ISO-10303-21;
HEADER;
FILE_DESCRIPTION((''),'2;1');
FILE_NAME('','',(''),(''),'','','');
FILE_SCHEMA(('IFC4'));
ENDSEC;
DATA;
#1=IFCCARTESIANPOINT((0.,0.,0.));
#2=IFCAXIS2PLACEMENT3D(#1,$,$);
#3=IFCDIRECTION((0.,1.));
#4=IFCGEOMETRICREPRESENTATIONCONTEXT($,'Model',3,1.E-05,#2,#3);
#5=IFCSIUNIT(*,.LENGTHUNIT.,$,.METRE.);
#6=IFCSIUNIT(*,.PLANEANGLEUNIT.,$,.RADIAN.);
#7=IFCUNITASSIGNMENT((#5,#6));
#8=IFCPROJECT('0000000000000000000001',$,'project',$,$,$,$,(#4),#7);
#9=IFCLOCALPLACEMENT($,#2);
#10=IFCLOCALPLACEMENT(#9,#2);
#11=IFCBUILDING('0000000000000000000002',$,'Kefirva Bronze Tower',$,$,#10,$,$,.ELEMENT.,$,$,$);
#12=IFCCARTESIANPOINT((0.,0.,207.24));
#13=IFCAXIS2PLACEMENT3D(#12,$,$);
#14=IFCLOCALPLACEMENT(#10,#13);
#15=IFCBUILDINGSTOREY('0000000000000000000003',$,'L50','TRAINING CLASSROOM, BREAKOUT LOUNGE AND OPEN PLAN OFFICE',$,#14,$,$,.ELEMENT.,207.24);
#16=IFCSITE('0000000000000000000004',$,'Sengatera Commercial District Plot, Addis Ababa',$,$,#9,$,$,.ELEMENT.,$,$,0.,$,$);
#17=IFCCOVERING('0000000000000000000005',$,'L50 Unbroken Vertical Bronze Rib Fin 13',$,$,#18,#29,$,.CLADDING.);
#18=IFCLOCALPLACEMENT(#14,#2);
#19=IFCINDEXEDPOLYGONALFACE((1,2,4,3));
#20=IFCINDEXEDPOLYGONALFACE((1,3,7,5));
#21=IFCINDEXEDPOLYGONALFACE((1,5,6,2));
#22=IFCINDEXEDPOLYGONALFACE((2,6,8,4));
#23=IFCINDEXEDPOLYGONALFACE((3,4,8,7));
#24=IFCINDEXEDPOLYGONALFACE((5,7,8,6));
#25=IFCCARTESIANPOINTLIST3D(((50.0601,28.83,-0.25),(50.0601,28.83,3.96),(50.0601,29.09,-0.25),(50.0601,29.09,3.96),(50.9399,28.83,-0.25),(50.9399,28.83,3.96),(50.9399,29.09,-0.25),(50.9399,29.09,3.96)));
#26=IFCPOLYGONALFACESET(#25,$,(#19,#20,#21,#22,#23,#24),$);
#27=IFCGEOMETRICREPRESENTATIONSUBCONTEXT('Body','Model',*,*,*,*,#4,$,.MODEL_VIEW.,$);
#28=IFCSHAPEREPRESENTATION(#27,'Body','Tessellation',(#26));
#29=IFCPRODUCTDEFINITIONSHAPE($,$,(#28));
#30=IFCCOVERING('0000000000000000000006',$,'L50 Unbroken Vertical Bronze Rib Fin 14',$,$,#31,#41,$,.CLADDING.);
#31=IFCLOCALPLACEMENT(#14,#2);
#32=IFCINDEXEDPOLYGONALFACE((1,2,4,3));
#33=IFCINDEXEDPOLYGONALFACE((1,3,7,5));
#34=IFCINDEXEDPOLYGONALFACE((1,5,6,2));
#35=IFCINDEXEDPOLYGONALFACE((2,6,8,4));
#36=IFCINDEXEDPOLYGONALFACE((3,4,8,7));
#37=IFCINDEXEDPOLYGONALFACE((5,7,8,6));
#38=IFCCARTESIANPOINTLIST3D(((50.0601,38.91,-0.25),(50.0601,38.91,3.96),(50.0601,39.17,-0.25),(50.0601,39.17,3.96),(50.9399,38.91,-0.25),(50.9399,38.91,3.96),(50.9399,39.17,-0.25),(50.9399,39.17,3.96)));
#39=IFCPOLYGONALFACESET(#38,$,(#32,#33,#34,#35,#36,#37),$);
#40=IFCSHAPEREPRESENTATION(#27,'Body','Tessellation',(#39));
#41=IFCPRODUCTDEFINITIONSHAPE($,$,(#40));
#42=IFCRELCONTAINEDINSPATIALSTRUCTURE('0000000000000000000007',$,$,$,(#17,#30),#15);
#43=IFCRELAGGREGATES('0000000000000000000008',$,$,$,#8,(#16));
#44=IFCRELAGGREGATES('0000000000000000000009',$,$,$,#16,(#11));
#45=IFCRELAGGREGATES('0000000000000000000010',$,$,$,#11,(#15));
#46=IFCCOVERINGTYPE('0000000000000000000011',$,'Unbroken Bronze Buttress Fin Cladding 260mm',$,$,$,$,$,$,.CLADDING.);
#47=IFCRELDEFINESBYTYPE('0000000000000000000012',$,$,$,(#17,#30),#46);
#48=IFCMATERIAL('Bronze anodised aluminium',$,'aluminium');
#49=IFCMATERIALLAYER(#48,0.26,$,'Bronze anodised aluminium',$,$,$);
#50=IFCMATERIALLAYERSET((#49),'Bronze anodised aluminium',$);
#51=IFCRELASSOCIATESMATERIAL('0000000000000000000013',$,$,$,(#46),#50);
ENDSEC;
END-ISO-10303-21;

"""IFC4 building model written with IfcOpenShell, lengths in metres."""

from ifc_helpers import new_model, si_unit, direction, frame, origin, origin_2d, place, context, subcontext, project, spatial, rectangle, extrude, material, layer, layer_set, type_object, element, save


model = new_model("IFC4")

# Units and contexts
model_context = context("Model", 3, precision=1e-05, world=origin(), true_north=direction((0.0, 1.0)))
body_context = subcontext(model_context, "Body", "Model", "MODEL_VIEW")
ifc_project = project(units=[si_unit("LENGTHUNIT", "METRE"), si_unit("PLANEANGLEUNIT", "RADIAN")], contexts=[model_context])

# Site, building, storey
site_placement = place(None, origin())
site = spatial("IfcSite", under=ifc_project, at=site_placement, Name="Sengatera Commercial District Plot, Addis Ababa", CompositionType="ELEMENT", RefElevation=0.0)
building_placement = place(site_placement, origin())
building = spatial("IfcBuilding", under=site, at=building_placement, Name="Kefirva Bronze Tower", CompositionType="ELEMENT")
storey_placement = place(building_placement, frame((0.0, 0.0, 207.24)))
storey = spatial("IfcBuildingStorey", under=building, at=storey_placement, Name="L50", Description="TRAINING CLASSROOM, BREAKOUT LOUNGE AND OPEN PLAN OFFICE", CompositionType="ELEMENT", Elevation=207.24)

# Shared definitions
ifc_material_1 = material(Name="Bronze anodised aluminium", Category="aluminium")

# Coverings
ifc_layer_1 = layer(ifc_material_1, 0.26, Name="Bronze anodised aluminium")
ifc_layer_set_1 = layer_set([ifc_layer_1], Name="Bronze anodised aluminium")
covering_type_1 = type_object("IfcCoveringType", Name="Unbroken Bronze Buttress Fin Cladding 260mm", PredefinedType="CLADDING", material=ifc_layer_set_1)
for number, where, z_axis, x_axis, name in (
    (1, (50.5, 28.96, -0.25), (0.0, 0.0, 1.0), (0.0, 1.0, 0.0), "L50 Unbroken Vertical Bronze Rib Fin 13"),
    (2, (50.5, 39.04, -0.25), (0.0, 0.0, 1.0), (0.0, 1.0, 0.0), "L50 Unbroken Vertical Bronze Rib Fin 14"),
):
    element("IfcCovering", number, at=place(storey_placement, frame(where, z_axis=z_axis, x_axis=x_axis)), inside=storey, type_object=covering_type_1, Name=name, PredefinedType="CLADDING", context=body_context, shape_type="SweptSolid", body=[
        extrude(rectangle(XDim=0.26, YDim=0.8799, at=origin_2d()), origin(), (0.0, 0.0, 1.0), 4.21),
    ])

save(model, "model.ifc")
